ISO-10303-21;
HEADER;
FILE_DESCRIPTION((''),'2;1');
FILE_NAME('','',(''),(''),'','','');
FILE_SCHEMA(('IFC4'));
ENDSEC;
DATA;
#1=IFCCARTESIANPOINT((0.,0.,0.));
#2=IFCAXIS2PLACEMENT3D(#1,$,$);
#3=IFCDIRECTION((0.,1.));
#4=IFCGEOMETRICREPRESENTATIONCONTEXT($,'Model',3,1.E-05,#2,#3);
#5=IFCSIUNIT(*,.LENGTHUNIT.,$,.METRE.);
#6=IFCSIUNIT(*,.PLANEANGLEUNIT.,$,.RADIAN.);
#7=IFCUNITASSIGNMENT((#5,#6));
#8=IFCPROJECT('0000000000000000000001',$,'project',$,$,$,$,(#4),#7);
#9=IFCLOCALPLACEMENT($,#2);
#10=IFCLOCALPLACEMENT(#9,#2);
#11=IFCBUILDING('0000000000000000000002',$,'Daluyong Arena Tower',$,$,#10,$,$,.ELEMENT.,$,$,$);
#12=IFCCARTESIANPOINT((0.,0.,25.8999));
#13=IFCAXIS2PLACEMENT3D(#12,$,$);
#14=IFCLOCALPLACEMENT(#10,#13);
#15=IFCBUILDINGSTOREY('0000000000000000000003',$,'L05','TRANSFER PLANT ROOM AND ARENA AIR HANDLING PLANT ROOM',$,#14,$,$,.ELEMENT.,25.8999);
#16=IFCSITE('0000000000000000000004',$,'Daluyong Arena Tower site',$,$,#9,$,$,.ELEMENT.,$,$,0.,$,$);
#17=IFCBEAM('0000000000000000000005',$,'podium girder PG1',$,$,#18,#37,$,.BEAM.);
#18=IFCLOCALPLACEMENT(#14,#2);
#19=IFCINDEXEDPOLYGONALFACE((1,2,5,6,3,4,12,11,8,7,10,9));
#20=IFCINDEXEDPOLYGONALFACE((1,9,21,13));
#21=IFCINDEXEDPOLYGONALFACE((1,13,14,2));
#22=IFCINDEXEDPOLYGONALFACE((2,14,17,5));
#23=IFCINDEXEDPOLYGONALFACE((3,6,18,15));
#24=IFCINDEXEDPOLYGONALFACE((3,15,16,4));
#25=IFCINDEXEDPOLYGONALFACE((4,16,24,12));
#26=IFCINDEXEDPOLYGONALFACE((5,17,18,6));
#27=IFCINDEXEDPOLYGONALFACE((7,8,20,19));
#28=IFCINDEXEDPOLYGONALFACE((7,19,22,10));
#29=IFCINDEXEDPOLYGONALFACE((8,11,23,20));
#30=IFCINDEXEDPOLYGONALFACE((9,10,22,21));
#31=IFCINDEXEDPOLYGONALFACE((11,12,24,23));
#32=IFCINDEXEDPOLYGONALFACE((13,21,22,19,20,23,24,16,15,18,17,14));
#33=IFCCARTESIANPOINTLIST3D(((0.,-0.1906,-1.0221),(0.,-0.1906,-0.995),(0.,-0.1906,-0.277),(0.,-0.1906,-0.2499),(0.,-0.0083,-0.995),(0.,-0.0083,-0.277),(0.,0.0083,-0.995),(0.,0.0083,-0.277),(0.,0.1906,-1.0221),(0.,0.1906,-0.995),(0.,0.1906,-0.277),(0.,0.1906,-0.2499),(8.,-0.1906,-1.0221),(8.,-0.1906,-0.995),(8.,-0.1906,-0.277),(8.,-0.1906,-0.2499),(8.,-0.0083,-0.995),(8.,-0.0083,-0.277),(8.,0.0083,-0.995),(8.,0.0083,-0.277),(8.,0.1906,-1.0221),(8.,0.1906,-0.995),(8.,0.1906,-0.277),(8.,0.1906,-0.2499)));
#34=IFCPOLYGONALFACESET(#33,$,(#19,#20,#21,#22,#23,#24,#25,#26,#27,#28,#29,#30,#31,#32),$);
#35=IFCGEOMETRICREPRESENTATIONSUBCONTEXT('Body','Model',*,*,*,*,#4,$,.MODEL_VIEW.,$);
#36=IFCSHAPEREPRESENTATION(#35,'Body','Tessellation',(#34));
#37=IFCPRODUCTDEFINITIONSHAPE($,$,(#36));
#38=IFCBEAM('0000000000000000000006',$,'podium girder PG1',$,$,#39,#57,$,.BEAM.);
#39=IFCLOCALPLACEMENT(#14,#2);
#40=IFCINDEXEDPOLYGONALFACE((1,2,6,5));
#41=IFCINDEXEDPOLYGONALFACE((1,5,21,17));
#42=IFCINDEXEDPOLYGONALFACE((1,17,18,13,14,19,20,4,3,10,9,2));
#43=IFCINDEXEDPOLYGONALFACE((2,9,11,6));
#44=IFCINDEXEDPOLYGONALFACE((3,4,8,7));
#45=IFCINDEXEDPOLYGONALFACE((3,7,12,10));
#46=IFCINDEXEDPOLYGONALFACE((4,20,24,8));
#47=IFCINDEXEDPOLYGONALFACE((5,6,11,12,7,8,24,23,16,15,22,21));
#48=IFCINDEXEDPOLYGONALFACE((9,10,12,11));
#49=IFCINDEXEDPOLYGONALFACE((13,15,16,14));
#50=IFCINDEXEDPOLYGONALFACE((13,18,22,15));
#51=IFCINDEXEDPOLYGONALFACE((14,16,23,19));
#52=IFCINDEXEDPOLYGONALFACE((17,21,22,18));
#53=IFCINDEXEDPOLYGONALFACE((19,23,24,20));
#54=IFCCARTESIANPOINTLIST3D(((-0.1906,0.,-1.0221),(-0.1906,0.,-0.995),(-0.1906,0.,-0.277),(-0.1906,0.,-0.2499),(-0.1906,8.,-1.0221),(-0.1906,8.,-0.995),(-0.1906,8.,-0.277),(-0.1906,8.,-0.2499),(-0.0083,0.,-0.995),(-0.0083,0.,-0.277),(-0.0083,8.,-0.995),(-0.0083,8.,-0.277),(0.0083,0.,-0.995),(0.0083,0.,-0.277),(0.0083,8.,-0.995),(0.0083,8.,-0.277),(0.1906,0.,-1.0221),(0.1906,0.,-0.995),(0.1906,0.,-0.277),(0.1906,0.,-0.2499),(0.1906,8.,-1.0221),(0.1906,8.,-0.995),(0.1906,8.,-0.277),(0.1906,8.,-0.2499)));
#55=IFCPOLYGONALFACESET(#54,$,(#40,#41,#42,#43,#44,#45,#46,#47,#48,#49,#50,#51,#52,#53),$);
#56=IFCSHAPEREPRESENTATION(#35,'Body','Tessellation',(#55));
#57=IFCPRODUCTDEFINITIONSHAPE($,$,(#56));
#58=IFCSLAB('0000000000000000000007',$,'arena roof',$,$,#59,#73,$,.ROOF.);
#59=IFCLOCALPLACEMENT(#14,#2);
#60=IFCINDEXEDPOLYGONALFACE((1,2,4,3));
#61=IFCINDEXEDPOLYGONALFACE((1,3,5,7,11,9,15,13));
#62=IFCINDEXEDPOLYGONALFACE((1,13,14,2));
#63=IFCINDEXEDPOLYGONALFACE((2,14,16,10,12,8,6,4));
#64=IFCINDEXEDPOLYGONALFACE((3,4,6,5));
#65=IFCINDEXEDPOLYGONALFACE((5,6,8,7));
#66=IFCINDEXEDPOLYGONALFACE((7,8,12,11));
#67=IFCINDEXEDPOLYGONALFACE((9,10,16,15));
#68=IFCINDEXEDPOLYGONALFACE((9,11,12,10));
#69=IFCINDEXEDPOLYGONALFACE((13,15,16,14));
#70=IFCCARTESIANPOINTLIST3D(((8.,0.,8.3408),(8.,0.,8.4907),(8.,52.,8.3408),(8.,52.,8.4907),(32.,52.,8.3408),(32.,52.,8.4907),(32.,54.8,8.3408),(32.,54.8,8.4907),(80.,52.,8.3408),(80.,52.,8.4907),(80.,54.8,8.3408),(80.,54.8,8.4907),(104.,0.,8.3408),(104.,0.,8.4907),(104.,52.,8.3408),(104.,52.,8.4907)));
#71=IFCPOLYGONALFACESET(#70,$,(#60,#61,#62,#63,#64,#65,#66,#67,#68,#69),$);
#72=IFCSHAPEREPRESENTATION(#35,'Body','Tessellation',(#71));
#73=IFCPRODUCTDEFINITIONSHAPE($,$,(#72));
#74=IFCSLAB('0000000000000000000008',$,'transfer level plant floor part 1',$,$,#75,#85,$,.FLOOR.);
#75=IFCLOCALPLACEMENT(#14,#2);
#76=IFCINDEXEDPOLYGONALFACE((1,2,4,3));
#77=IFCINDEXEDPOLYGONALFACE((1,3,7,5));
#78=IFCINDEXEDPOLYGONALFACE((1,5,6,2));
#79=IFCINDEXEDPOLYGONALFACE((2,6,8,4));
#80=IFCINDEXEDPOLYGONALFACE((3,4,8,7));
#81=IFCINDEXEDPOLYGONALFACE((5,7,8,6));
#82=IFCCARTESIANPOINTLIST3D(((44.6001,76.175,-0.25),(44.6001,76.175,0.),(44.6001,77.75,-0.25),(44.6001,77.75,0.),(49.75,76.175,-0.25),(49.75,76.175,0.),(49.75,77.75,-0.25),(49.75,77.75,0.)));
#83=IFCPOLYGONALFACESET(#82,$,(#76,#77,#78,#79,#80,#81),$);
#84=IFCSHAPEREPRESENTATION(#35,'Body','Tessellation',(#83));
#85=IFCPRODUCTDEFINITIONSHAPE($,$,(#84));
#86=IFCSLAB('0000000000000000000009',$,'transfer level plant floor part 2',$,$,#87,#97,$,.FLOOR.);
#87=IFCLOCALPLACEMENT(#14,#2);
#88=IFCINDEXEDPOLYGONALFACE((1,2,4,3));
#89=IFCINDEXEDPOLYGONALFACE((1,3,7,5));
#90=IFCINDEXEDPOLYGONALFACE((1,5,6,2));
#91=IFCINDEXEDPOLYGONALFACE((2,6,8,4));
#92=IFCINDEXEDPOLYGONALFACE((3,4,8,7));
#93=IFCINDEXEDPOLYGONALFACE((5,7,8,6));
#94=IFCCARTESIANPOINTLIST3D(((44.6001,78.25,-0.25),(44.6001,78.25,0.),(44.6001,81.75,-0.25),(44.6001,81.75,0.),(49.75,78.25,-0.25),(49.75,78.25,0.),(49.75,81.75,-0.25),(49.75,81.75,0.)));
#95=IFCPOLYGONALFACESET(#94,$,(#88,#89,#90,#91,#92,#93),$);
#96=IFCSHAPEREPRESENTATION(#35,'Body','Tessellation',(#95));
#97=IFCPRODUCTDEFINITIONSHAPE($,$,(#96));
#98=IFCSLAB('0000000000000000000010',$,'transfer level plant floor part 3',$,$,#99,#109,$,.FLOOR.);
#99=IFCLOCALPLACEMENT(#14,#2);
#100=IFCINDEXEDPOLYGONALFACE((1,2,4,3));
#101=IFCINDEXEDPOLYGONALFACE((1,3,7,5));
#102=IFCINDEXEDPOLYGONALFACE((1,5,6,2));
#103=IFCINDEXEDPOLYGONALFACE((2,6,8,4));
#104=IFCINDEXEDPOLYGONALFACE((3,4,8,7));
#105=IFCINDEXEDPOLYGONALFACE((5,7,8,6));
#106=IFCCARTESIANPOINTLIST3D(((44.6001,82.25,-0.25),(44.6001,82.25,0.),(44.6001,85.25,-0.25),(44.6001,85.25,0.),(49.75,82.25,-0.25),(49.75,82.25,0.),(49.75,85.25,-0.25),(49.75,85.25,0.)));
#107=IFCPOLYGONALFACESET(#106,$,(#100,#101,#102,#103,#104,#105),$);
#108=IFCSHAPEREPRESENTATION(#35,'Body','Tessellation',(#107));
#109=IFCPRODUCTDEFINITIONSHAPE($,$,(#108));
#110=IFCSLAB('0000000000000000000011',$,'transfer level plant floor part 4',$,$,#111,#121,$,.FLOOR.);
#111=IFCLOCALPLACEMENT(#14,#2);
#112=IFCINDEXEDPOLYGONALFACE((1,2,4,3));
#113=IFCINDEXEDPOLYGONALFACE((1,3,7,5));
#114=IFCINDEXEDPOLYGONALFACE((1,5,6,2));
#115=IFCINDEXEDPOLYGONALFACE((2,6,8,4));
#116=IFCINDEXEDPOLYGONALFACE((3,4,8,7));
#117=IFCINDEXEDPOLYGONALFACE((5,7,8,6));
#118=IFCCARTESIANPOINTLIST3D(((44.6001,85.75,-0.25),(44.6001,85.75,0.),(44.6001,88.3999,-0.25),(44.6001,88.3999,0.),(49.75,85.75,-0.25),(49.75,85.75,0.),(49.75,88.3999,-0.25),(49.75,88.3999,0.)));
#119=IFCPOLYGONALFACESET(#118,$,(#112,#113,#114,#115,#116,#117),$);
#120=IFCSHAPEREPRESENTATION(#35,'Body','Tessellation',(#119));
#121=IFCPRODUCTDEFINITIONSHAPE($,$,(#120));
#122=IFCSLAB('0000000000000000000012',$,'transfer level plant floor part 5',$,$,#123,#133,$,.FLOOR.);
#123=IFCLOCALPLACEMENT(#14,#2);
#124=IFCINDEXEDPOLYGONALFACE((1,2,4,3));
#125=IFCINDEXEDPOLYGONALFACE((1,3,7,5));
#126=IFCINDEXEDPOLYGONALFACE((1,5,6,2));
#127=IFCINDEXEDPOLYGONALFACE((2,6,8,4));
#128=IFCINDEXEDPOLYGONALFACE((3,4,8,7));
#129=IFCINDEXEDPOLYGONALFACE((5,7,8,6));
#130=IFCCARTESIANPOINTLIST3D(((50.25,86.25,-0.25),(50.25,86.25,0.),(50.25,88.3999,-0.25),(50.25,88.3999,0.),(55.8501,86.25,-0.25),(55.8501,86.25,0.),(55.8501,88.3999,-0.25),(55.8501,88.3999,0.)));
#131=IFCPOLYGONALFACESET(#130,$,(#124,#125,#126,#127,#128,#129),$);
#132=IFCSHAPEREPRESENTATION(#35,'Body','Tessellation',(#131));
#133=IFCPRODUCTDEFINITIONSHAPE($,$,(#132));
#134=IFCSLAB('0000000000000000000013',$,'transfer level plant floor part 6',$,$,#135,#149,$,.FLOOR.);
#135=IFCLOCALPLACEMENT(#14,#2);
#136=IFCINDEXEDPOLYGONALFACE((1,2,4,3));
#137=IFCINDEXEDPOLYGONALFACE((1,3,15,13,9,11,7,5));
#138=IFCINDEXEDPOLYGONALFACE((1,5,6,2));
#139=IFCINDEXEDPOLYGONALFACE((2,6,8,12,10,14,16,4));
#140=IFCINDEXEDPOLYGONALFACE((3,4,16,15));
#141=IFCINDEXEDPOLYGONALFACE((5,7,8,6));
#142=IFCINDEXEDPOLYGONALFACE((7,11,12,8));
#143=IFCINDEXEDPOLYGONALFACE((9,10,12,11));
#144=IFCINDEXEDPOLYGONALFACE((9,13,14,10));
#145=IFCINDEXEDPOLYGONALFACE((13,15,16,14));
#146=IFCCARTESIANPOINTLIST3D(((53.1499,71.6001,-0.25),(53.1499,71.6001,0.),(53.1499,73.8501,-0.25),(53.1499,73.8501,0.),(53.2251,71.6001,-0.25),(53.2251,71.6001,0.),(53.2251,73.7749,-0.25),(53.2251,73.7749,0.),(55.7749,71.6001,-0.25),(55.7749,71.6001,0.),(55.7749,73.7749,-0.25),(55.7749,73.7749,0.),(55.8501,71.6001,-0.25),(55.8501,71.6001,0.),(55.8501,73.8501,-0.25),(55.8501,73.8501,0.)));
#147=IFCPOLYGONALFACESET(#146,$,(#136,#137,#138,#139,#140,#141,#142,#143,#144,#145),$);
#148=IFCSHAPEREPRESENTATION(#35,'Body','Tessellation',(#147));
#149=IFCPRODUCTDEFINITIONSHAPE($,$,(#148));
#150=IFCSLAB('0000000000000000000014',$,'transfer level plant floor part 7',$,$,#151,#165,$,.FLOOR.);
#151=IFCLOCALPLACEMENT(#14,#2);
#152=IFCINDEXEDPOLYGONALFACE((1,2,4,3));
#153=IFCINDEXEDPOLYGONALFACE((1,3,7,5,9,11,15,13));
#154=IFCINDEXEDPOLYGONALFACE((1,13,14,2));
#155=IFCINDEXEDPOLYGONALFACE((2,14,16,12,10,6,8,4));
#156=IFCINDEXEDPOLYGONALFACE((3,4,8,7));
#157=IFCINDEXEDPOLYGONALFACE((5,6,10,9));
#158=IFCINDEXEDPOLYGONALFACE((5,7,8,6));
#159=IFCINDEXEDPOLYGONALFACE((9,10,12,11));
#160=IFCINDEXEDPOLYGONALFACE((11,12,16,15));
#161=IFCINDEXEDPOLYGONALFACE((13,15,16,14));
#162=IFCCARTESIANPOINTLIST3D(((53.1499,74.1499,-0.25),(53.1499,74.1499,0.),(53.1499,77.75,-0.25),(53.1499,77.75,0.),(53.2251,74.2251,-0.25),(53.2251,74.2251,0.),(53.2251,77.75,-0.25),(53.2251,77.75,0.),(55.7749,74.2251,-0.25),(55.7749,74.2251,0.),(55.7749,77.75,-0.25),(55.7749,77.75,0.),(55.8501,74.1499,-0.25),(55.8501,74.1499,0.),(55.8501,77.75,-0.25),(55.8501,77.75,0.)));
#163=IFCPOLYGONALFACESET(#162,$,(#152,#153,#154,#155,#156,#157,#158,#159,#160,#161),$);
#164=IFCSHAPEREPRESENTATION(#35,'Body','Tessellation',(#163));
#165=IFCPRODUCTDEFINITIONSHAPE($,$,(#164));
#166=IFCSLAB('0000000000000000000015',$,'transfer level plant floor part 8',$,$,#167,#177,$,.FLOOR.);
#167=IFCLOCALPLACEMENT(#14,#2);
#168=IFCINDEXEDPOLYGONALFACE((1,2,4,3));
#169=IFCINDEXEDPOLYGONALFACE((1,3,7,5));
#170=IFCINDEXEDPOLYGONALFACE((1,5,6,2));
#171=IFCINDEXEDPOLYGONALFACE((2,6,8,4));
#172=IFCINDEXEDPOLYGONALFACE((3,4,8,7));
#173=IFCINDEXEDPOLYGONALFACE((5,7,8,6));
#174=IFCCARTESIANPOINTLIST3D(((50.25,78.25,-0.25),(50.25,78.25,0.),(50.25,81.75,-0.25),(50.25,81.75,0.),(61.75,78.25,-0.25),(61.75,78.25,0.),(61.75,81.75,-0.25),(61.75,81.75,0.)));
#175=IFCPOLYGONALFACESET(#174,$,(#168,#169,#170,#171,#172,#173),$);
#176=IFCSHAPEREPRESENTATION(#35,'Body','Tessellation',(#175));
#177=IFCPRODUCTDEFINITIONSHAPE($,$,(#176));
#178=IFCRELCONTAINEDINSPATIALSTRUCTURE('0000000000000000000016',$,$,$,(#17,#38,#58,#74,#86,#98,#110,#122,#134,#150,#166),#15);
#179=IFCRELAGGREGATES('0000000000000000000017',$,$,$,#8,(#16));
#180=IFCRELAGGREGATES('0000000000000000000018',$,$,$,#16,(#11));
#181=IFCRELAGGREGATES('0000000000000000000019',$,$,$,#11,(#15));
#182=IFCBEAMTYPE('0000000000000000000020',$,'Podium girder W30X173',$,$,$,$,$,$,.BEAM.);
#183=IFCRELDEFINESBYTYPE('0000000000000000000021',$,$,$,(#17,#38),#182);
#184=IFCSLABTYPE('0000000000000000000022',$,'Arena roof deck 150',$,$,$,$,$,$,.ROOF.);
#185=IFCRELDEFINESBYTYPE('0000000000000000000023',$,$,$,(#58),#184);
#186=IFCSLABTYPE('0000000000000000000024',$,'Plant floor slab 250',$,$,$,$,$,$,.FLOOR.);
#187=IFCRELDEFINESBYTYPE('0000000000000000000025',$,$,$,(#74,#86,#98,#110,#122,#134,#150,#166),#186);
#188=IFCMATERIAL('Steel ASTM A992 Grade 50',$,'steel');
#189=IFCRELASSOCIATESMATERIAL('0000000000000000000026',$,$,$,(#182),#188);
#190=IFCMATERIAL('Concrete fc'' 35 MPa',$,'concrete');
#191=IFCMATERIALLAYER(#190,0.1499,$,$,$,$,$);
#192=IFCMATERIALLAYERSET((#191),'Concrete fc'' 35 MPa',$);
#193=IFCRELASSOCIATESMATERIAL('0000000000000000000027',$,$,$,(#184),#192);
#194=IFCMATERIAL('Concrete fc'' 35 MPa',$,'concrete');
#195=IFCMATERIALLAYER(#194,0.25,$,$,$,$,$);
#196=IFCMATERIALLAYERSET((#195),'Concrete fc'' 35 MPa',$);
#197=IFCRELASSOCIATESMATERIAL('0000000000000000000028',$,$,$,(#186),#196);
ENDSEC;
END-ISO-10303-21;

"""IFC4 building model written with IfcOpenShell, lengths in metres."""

from ifc_helpers import new_model, si_unit, direction, frame, origin, origin_2d, place, context, subcontext, project, spatial, polyline, i_section, outline, extrude, material, layer, layer_set, material_profile, profile_set, type_object, element, save


model = new_model("IFC4")

# Units and contexts
model_context = context("Model", 3, precision=1e-05, world=origin(), true_north=direction((0.0, 1.0)))
body_context = subcontext(model_context, "Body", "Model", "MODEL_VIEW")
ifc_project = project(units=[si_unit("LENGTHUNIT", "METRE"), si_unit("PLANEANGLEUNIT", "RADIAN")], contexts=[model_context])

# Site, building, storey
site_placement = place(None, origin())
site = spatial("IfcSite", under=ifc_project, at=site_placement, Name="Daluyong Arena Tower site", CompositionType="ELEMENT", RefElevation=0.0)
building_placement = place(site_placement, origin())
building = spatial("IfcBuilding", under=site, at=building_placement, Name="Daluyong Arena Tower", CompositionType="ELEMENT")
storey_placement = place(building_placement, frame((0.0, 0.0, 25.8999)))
storey = spatial("IfcBuildingStorey", under=building, at=storey_placement, Name="L05", Description="TRANSFER PLANT ROOM AND ARENA AIR HANDLING PLANT ROOM", CompositionType="ELEMENT", Elevation=25.8999)

# Beams
ifc_material_1 = material(Name="Steel ASTM A992 Grade 50", Category="steel")
ifc_material_profile = material_profile(ifc_material_1, i_section(OverallWidth=0.3811, OverallDepth=0.7722, WebThickness=0.0166, FlangeThickness=0.0271, at=origin_2d()))
ifc_profile_set = profile_set([ifc_material_profile], Name="Steel ASTM A992 Grade 50")
beam_type = type_object("IfcBeamType", Name="Podium girder W30X173", PredefinedType="BEAM", material=ifc_profile_set)
for number, where, z_axis, x_axis, name in (
    (1, (0.0, 0.0, -0.636), (1.0, 0.0, 0.0), (0.0, 1.0, 0.0), "podium girder PG1"),
    (2, (0.0, 0.0, -0.636), (0.0, 1.0, 0.0), (-1.0, 0.0, 0.0), "podium girder PG1"),
):
    element("IfcBeam", number, at=place(storey_placement, frame(where, z_axis=z_axis, x_axis=x_axis)), inside=storey, type_object=beam_type, Name=name, PredefinedType="BEAM", context=body_context, shape_type="SweptSolid", body=[
        extrude(i_section(OverallWidth=0.3811, OverallDepth=0.7722, WebThickness=0.0166, FlangeThickness=0.0271, at=origin_2d()), origin(), (0.0, 0.0, 1.0), 8.0),
    ])

# Slabs
ifc_material_2 = material(Name="Concrete fc' 35 MPa", Category="concrete")
ifc_layer_1 = layer(ifc_material_2, 0.1499)
ifc_layer_set_1 = layer_set([ifc_layer_1], Name="Concrete fc' 35 MPa")
slab_type_1 = type_object("IfcSlabType", Name="Arena roof deck 150", PredefinedType="ROOF", material=ifc_layer_set_1)
slab_1_placement = place(storey_placement, frame((0.0, 0.0, 8.3408)))
element("IfcSlab", 3, at=slab_1_placement, inside=storey, type_object=slab_type_1, Name="arena roof", PredefinedType="ROOF", context=body_context, shape_type="SweptSolid", body=[
    extrude(outline(polyline([(104.0, 52.0), (80.0, 52.0), (80.0, 54.8), (32.0, 54.8), (32.0, 52.0), (8.0, 52.0), (8.0, 0.0), (104.0, 0.0), (104.0, 52.0)])), origin(), (0.0, 0.0, 1.0), 0.1499),
])
ifc_material_3 = material(Name="Concrete fc' 35 MPa", Category="concrete")
ifc_layer_2 = layer(ifc_material_3, 0.25)
ifc_layer_set_2 = layer_set([ifc_layer_2], Name="Concrete fc' 35 MPa")
slab_type_2 = type_object("IfcSlabType", Name="Plant floor slab 250", PredefinedType="FLOOR", material=ifc_layer_set_2)
slab_2_placement = place(storey_placement, frame((0.0, 0.0, -0.25)))
element("IfcSlab", 4, at=slab_2_placement, inside=storey, type_object=slab_type_2, Name="transfer level plant floor part 1", PredefinedType="FLOOR", context=body_context, shape_type="SweptSolid", body=[
    extrude(outline(polyline([(49.75, 76.175), (49.75, 77.75), (44.6001, 77.75), (44.6001, 76.175), (49.75, 76.175)])), origin(), (0.0, 0.0, 1.0), 0.25),
])
slab_3_placement = place(storey_placement, frame((0.0, 0.0, -0.25)))
element("IfcSlab", 5, at=slab_3_placement, inside=storey, type_object=slab_type_2, Name="transfer level plant floor part 2", PredefinedType="FLOOR", context=body_context, shape_type="SweptSolid", body=[
    extrude(outline(polyline([(49.75, 78.25), (49.75, 81.75), (44.6001, 81.75), (44.6001, 78.25), (49.75, 78.25)])), origin(), (0.0, 0.0, 1.0), 0.25),
])
slab_4_placement = place(storey_placement, frame((0.0, 0.0, -0.25)))
element("IfcSlab", 6, at=slab_4_placement, inside=storey, type_object=slab_type_2, Name="transfer level plant floor part 3", PredefinedType="FLOOR", context=body_context, shape_type="SweptSolid", body=[
    extrude(outline(polyline([(49.75, 82.25), (49.75, 85.25), (44.6001, 85.25), (44.6001, 82.25), (49.75, 82.25)])), origin(), (0.0, 0.0, 1.0), 0.25),
])
slab_5_placement = place(storey_placement, frame((0.0, 0.0, -0.25)))
element("IfcSlab", 7, at=slab_5_placement, inside=storey, type_object=slab_type_2, Name="transfer level plant floor part 4", PredefinedType="FLOOR", context=body_context, shape_type="SweptSolid", body=[
    extrude(outline(polyline([(44.6001, 88.3999), (44.6001, 85.75), (49.75, 85.75), (49.75, 88.3999), (44.6001, 88.3999)])), origin(), (0.0, 0.0, 1.0), 0.25),
])
slab_6_placement = place(storey_placement, frame((0.0, 0.0, -0.25)))
element("IfcSlab", 8, at=slab_6_placement, inside=storey, type_object=slab_type_2, Name="transfer level plant floor part 5", PredefinedType="FLOOR", context=body_context, shape_type="SweptSolid", body=[
    extrude(outline(polyline([(50.25, 88.3999), (50.25, 86.25), (55.8501, 86.25), (55.8501, 88.3999), (50.25, 88.3999)])), origin(), (0.0, 0.0, 1.0), 0.25),
])
slab_7_placement = place(storey_placement, frame((0.0, 0.0, -0.25)))
element("IfcSlab", 9, at=slab_7_placement, inside=storey, type_object=slab_type_2, Name="transfer level plant floor part 6", PredefinedType="FLOOR", context=body_context, shape_type="SweptSolid", body=[
    extrude(outline(polyline([(55.7749, 73.7749), (55.7749, 71.6001), (55.8501, 71.6001), (55.8501, 73.8501), (53.1499, 73.8501), (53.1499, 71.6001), (53.2251, 71.6001), (53.2251, 73.7749), (55.7749, 73.7749)])), origin(), (0.0, 0.0, 1.0), 0.25),
])
slab_8_placement = place(storey_placement, frame((0.0, 0.0, -0.25)))
element("IfcSlab", 10, at=slab_8_placement, inside=storey, type_object=slab_type_2, Name="transfer level plant floor part 7", PredefinedType="FLOOR", context=body_context, shape_type="SweptSolid", body=[
    extrude(outline(polyline([(53.1499, 77.75), (53.1499, 74.1499), (55.8501, 74.1499), (55.8501, 77.75), (55.7749, 77.75), (55.7749, 74.2251), (53.2251, 74.2251), (53.2251, 77.75), (53.1499, 77.75)])), origin(), (0.0, 0.0, 1.0), 0.25),
])
slab_9_placement = place(storey_placement, frame((0.0, 0.0, -0.25)))
element("IfcSlab", 11, at=slab_9_placement, inside=storey, type_object=slab_type_2, Name="transfer level plant floor part 8", PredefinedType="FLOOR", context=body_context, shape_type="SweptSolid", body=[
    extrude(outline(polyline([(61.75, 81.75), (50.25, 81.75), (50.25, 78.25), (61.75, 78.25), (61.75, 81.75)])), origin(), (0.0, 0.0, 1.0), 0.25),
])

save(model, "model.ifc")
